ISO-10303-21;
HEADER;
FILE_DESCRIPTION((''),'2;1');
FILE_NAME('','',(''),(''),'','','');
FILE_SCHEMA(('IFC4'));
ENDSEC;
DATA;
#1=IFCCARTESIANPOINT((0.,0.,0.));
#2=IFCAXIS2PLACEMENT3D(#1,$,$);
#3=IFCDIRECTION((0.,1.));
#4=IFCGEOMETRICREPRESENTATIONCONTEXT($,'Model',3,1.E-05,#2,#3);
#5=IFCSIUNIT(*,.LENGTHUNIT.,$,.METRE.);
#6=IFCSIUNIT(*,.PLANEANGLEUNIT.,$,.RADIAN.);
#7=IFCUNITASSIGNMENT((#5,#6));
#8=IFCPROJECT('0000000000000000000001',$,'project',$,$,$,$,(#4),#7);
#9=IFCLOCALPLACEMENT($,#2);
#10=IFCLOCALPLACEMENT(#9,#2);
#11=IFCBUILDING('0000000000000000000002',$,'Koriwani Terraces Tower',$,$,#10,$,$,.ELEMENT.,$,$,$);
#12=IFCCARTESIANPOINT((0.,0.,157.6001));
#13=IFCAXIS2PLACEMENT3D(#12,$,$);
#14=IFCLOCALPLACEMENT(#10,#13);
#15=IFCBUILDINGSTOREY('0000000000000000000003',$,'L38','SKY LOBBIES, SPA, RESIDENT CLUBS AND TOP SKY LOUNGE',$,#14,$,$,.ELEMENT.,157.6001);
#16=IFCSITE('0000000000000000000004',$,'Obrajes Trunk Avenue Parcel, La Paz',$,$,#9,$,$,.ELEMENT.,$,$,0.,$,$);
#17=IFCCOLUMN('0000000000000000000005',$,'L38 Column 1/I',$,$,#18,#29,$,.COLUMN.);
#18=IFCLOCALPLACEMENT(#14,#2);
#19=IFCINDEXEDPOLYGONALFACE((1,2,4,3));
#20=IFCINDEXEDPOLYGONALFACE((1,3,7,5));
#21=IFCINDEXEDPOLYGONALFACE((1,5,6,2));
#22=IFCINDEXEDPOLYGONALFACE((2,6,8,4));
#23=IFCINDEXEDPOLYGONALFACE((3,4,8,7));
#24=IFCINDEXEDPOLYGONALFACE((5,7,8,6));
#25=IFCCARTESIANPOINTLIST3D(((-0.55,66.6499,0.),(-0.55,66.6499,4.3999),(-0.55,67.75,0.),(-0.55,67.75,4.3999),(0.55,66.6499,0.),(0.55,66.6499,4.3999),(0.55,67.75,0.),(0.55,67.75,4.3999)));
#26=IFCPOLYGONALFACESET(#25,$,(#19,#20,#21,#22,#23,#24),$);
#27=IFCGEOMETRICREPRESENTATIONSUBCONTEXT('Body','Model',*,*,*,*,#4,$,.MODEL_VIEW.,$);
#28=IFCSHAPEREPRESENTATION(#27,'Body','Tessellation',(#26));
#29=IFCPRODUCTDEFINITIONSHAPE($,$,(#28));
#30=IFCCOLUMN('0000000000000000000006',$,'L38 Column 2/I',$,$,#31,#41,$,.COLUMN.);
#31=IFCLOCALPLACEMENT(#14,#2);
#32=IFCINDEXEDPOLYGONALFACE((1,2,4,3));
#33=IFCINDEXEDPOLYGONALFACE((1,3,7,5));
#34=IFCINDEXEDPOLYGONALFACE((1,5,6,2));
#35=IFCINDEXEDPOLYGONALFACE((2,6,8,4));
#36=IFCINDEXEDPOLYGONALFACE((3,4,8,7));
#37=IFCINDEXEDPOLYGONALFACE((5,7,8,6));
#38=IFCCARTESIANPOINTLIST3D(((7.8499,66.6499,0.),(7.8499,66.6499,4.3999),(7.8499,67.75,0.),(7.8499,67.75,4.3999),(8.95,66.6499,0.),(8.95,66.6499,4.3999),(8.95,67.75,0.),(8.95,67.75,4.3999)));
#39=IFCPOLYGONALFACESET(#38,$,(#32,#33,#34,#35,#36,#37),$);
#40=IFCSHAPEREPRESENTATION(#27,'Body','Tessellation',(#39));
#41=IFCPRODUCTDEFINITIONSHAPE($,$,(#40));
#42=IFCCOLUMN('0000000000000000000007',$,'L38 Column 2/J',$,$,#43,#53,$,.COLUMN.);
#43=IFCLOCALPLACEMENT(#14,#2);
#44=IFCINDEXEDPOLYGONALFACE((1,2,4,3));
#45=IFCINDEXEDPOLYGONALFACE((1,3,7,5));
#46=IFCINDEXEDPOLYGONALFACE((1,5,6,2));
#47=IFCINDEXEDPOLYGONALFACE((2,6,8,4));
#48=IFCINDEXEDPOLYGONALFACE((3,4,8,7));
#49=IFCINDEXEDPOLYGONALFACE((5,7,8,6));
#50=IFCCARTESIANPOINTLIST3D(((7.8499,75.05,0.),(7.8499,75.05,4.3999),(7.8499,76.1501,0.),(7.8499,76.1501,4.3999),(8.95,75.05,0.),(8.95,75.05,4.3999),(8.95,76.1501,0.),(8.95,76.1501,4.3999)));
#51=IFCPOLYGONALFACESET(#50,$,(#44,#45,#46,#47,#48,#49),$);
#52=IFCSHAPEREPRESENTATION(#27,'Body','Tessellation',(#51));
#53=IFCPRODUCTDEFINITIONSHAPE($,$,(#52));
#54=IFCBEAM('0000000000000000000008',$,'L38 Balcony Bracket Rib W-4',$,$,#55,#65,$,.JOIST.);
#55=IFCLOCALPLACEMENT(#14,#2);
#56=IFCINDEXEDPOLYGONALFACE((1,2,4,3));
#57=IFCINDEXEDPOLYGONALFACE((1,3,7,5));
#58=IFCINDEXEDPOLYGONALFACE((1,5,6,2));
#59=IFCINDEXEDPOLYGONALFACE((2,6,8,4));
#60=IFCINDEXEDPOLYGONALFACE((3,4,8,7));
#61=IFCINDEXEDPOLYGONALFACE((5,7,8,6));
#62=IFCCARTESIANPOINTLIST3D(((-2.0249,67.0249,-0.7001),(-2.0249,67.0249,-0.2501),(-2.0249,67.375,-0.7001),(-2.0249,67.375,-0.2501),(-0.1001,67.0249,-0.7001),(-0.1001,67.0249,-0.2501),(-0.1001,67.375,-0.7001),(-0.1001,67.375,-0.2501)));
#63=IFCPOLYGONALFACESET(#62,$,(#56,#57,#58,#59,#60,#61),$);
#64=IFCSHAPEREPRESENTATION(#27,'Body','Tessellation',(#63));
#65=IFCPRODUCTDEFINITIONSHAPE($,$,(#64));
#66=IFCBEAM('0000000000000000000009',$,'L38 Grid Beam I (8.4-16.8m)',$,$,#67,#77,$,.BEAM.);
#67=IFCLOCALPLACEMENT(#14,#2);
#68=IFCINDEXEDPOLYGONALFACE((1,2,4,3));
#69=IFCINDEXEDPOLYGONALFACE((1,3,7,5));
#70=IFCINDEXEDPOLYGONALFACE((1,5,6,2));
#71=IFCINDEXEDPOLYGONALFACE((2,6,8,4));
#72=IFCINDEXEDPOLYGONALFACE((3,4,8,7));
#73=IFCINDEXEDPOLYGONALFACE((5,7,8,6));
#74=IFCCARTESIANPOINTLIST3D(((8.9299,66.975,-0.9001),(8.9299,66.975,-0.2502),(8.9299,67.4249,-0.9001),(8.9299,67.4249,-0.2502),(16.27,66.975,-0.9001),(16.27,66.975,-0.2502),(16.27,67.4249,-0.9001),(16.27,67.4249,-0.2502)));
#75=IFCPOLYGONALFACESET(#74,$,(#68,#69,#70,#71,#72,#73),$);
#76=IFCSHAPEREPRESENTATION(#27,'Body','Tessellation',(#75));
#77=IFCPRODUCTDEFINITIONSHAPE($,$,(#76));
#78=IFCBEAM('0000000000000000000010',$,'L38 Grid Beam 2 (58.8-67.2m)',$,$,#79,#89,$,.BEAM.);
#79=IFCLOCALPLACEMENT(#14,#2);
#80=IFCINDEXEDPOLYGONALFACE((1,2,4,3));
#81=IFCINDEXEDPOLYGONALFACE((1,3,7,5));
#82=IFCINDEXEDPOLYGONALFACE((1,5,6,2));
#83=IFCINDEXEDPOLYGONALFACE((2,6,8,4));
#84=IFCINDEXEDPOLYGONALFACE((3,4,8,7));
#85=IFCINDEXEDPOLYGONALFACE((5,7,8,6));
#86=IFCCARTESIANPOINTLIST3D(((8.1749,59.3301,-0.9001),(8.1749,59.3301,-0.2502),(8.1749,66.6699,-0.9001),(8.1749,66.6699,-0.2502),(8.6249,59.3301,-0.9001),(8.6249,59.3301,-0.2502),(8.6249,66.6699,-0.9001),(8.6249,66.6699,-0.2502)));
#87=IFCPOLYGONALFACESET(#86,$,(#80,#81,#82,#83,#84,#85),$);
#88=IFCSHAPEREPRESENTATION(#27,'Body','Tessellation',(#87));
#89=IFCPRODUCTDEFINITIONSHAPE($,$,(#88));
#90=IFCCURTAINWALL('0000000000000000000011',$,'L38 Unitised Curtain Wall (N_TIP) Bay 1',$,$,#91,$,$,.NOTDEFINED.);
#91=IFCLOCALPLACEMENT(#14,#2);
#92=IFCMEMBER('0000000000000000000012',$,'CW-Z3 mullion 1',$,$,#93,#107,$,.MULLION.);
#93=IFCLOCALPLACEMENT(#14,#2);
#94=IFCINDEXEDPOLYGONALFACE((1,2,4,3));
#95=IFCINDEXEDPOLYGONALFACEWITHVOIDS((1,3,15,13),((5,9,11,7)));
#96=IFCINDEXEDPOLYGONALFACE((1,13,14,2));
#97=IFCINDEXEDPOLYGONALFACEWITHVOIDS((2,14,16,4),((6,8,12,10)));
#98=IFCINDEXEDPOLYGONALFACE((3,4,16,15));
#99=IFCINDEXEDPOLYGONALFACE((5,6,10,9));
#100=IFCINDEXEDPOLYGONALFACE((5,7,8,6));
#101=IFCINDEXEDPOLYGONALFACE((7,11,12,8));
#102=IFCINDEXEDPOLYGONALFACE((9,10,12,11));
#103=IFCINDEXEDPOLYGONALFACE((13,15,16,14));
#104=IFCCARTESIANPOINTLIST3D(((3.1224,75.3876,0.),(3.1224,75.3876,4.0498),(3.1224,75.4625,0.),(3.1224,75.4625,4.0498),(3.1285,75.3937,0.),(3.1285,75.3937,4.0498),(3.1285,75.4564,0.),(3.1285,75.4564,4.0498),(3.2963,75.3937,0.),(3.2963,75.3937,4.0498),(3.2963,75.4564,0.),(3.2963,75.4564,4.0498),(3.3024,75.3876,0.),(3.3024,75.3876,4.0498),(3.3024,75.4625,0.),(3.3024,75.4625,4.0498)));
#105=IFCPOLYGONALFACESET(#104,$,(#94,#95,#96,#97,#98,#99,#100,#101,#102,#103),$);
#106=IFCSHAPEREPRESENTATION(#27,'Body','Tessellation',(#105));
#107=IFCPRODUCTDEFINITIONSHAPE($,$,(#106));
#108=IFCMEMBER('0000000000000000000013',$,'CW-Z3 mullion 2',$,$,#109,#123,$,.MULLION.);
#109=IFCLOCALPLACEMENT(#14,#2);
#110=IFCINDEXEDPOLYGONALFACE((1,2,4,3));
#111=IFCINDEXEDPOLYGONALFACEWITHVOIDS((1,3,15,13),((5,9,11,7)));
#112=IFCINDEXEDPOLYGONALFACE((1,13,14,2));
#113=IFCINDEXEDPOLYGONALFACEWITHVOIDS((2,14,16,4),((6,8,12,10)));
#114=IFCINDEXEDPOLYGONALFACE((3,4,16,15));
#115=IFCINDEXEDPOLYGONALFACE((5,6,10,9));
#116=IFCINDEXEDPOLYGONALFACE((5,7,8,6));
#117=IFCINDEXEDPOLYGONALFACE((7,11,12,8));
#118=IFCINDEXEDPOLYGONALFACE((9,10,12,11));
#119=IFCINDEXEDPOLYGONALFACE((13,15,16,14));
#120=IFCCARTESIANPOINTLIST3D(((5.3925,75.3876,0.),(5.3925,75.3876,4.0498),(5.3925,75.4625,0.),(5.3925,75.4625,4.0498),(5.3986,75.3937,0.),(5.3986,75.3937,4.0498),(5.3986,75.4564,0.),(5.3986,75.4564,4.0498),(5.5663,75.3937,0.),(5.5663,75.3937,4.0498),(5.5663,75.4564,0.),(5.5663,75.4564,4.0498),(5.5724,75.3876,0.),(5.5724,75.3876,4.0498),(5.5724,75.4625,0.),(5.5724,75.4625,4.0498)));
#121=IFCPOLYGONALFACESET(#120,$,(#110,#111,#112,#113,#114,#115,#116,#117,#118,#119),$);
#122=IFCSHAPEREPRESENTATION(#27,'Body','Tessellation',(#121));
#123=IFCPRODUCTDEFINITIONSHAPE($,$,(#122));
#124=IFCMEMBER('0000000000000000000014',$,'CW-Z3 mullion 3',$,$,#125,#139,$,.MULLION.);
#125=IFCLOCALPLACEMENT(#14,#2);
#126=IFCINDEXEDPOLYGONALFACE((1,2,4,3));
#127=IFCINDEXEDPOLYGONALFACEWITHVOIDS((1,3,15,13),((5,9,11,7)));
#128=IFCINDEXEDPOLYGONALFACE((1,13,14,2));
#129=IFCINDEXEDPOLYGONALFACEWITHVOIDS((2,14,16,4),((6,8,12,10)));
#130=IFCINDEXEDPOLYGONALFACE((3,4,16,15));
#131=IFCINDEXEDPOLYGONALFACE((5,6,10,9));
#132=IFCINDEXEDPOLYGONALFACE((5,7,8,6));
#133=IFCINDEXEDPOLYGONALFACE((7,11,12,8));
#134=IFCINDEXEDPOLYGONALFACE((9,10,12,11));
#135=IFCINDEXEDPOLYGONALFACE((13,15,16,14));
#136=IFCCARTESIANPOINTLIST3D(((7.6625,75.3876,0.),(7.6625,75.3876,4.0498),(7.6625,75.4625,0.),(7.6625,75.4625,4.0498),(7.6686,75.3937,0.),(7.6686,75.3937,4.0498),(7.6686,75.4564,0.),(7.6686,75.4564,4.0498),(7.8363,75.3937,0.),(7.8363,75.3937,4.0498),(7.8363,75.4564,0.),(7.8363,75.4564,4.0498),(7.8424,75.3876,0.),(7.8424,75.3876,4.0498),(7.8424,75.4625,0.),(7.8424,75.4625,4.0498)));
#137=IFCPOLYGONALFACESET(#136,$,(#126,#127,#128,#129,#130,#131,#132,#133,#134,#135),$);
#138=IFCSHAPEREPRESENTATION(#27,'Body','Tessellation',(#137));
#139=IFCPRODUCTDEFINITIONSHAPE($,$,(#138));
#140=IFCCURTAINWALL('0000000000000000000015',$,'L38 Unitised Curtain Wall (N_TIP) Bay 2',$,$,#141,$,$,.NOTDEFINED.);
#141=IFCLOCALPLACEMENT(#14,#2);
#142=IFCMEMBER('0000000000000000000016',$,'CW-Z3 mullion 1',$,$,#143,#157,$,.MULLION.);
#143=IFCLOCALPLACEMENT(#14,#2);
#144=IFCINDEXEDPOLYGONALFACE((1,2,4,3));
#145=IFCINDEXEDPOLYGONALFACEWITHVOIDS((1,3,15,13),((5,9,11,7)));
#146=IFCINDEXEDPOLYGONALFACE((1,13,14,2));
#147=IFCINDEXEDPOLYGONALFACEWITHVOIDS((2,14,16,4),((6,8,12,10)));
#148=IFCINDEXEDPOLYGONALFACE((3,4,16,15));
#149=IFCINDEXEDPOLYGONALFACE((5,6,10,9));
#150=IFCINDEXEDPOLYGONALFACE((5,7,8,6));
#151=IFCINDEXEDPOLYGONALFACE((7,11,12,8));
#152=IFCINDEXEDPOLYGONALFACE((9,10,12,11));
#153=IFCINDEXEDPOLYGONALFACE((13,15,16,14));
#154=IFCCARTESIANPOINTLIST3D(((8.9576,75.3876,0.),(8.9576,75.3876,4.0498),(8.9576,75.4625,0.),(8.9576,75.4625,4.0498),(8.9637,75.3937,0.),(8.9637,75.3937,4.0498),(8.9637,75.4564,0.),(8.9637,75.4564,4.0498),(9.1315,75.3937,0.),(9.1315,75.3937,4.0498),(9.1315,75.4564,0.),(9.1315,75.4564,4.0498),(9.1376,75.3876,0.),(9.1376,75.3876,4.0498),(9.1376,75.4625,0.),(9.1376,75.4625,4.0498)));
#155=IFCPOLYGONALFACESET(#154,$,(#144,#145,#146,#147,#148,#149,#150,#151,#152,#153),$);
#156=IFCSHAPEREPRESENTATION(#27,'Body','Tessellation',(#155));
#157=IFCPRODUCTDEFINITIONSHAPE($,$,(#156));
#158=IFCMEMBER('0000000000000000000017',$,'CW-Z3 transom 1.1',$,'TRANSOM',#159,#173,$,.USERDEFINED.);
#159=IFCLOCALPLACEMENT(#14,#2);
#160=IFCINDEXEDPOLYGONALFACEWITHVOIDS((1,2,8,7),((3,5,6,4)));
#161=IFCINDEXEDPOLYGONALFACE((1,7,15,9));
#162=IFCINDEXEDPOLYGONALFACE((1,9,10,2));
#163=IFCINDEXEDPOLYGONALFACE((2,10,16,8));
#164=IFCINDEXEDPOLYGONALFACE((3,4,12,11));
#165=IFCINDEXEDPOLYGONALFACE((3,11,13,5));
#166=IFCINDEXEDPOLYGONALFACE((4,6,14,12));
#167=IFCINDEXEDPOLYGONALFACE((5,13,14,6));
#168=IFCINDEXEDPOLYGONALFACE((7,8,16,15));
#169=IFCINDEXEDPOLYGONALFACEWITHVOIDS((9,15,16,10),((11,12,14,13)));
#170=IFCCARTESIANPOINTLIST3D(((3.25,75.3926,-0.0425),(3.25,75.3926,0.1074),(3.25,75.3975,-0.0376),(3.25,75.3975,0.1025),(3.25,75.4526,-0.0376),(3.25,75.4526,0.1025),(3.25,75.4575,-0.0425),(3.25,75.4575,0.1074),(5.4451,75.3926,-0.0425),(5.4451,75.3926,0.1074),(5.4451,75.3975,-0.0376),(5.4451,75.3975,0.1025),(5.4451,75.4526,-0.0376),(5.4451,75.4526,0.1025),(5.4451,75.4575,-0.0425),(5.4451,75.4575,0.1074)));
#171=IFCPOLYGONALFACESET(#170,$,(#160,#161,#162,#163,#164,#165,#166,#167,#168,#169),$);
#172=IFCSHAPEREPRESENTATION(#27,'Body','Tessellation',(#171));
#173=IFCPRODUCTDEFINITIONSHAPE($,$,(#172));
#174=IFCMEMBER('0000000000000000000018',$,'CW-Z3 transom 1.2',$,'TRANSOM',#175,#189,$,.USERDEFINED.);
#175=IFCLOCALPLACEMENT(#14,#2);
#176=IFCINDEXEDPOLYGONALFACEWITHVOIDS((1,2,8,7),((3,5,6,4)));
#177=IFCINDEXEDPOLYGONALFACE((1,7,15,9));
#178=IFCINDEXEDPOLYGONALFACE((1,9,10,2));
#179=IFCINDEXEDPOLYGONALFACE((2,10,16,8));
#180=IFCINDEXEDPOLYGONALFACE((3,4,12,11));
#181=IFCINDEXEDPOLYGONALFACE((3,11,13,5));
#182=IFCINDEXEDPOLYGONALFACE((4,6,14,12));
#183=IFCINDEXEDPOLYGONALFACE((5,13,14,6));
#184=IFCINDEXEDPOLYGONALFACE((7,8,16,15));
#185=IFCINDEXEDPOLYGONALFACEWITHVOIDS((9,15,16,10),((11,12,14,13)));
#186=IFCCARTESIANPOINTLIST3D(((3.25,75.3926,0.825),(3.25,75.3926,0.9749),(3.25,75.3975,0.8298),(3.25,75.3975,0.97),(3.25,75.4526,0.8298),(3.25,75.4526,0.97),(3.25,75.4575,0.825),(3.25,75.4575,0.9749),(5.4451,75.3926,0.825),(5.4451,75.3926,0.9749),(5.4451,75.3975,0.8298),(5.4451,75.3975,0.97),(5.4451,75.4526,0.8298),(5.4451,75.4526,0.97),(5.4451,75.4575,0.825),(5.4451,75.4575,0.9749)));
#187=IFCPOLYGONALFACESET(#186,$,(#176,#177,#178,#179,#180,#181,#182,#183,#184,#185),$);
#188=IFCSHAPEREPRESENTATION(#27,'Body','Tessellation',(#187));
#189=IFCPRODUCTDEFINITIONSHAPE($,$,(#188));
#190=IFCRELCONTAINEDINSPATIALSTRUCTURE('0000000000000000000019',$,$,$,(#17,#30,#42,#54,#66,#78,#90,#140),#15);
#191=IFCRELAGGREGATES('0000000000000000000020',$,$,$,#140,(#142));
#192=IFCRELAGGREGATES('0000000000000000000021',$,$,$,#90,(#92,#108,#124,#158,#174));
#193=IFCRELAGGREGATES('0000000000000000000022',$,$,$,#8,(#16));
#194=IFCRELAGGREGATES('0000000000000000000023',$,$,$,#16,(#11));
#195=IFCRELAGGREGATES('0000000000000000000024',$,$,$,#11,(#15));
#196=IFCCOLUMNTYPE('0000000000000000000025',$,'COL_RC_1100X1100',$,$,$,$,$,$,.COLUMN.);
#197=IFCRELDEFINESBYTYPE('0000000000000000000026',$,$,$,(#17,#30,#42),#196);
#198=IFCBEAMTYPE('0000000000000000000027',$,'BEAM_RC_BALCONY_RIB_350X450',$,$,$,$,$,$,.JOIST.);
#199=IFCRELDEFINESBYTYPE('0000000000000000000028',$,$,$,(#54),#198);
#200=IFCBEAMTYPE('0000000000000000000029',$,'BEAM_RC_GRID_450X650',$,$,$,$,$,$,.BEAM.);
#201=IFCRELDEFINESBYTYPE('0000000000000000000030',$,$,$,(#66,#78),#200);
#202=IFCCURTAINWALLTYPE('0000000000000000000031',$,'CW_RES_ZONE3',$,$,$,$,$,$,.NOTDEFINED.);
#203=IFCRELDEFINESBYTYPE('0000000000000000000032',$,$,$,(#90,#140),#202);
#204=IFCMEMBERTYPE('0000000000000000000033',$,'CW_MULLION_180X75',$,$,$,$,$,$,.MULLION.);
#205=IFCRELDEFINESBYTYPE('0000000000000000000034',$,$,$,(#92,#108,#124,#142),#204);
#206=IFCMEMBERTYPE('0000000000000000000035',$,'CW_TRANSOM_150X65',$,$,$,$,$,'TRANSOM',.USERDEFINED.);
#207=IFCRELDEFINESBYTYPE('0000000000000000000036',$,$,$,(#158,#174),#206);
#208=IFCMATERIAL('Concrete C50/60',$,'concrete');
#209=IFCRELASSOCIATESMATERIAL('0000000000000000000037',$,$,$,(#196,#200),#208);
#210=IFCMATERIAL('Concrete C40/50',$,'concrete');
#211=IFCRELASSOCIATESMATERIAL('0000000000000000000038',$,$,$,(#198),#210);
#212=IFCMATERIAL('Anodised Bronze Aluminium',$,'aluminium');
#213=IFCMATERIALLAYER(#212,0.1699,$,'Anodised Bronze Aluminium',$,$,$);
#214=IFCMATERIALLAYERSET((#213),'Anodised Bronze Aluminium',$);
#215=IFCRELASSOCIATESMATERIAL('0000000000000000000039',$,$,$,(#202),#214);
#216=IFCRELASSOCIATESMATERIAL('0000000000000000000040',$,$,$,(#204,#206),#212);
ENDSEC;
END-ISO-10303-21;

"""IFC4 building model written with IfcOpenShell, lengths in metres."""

from ifc_helpers import new_model, si_unit, direction, frame, origin, origin_2d, place, context, subcontext, project, spatial, rectangle, hollow_rectangle, extrude, material, layer, layer_set, material_profile, profile_set, type_object, element, aggregate, save


model = new_model("IFC4")

# Units and contexts
model_context = context("Model", 3, precision=1e-05, world=origin(), true_north=direction((0.0, 1.0)))
body_context = subcontext(model_context, "Body", "Model", "MODEL_VIEW")
ifc_project = project(units=[si_unit("LENGTHUNIT", "METRE"), si_unit("PLANEANGLEUNIT", "RADIAN")], contexts=[model_context])

# Site, building, storey
site_placement = place(None, origin())
site = spatial("IfcSite", under=ifc_project, at=site_placement, Name="Obrajes Trunk Avenue Parcel, La Paz", CompositionType="ELEMENT", RefElevation=0.0)
building_placement = place(site_placement, origin())
building = spatial("IfcBuilding", under=site, at=building_placement, Name="Koriwani Terraces Tower", CompositionType="ELEMENT")
storey_placement = place(building_placement, frame((0.0, 0.0, 157.6001)))
storey = spatial("IfcBuildingStorey", under=building, at=storey_placement, Name="L38", Description="SKY LOBBIES, SPA, RESIDENT CLUBS AND TOP SKY LOUNGE", CompositionType="ELEMENT", Elevation=157.6001)

# Columns
ifc_material_1 = material(Name="Concrete C50/60", Category="concrete")
ifc_material_profile_1 = material_profile(ifc_material_1, rectangle(XDim=1.1001, YDim=1.1001, at=origin_2d()), Name="Concrete C50/60", Category="LoadBearing")
ifc_profile_set_1 = profile_set([ifc_material_profile_1], Name="Concrete C50/60")
column_type = type_object("IfcColumnType", Name="COL_RC_1100X1100", PredefinedType="COLUMN", material=ifc_profile_set_1)
for number, where, z_axis, x_axis, name in (
    (1, (0.0, 67.2, 0.0), (0.0, 0.0, 1.0), (1.0, 0.0, 0.0), "L38 Column 1/I"),
    (2, (8.3999, 67.2, 0.0), (0.0, 0.0, 1.0), (1.0, 0.0, 0.0), "L38 Column 2/I"),
    (3, (8.3999, 75.6001, 0.0), (0.0, 0.0, 1.0), (1.0, 0.0, 0.0), "L38 Column 2/J"),
):
    element("IfcColumn", number, at=place(storey_placement, frame(where, z_axis=z_axis, x_axis=x_axis)), inside=storey, type_object=column_type, Name=name, PredefinedType="COLUMN", context=body_context, shape_type="SweptSolid", body=[
        extrude(rectangle(XDim=1.1001, YDim=1.1001, at=origin_2d()), origin(), (0.0, 0.0, 1.0), 4.3999),
    ])

# Beams
ifc_material_2 = material(Name="Concrete C40/50", Category="concrete")
ifc_material_profile_2 = material_profile(ifc_material_2, rectangle(XDim=0.3501, YDim=0.45, at=origin_2d()), Name="Concrete C40/50", Category="LoadBearing")
ifc_profile_set_2 = profile_set([ifc_material_profile_2], Name="Concrete C40/50")
beam_type_1 = type_object("IfcBeamType", Name="BEAM_RC_BALCONY_RIB_350X450", PredefinedType="JOIST", material=ifc_profile_set_2)
beam_1_placement = place(storey_placement, frame((-2.0249, 67.2, -0.4751), z_axis=(1.0, 0.0, 0.0), x_axis=(0.0, 1.0, 0.0)))
element("IfcBeam", 4, at=beam_1_placement, inside=storey, type_object=beam_type_1, Name="L38 Balcony Bracket Rib W-4", PredefinedType="JOIST", context=body_context, shape_type="SweptSolid", body=[
    extrude(rectangle(XDim=0.3501, YDim=0.45, at=origin_2d()), origin(), (0.0, 0.0, 1.0), 1.9248),
])
ifc_material_profile_3 = material_profile(ifc_material_1, rectangle(XDim=0.45, YDim=0.6499, at=origin_2d()), Name="Concrete C50/60", Category="LoadBearing")
ifc_profile_set_3 = profile_set([ifc_material_profile_3], Name="Concrete C50/60")
beam_type_2 = type_object("IfcBeamType", Name="BEAM_RC_GRID_450X650", PredefinedType="BEAM", material=ifc_profile_set_3)
beam_2_placement = place(storey_placement, frame((8.9299, 67.2, -0.5752), z_axis=(1.0, 0.0, 0.0), x_axis=(0.0, 1.0, 0.0)))
element("IfcBeam", 5, at=beam_2_placement, inside=storey, type_object=beam_type_2, Name="L38 Grid Beam I (8.4-16.8m)", PredefinedType="BEAM", context=body_context, shape_type="SweptSolid", body=[
    extrude(rectangle(XDim=0.45, YDim=0.6499, at=origin_2d()), origin(), (0.0, 0.0, 1.0), 7.3401),
])
beam_3_placement = place(storey_placement, frame((8.3999, 59.3301, -0.5752), z_axis=(0.0, 1.0, 0.0), x_axis=(-1.0, 0.0, 0.0)))
element("IfcBeam", 6, at=beam_3_placement, inside=storey, type_object=beam_type_2, Name="L38 Grid Beam 2 (58.8-67.2m)", PredefinedType="BEAM", context=body_context, shape_type="SweptSolid", body=[
    extrude(rectangle(XDim=0.45, YDim=0.6499, at=origin_2d()), origin(), (0.0, 0.0, 1.0), 7.3398),
])

# Curtain wall, members
ifc_material_3 = material(Name="Anodised Bronze Aluminium", Category="aluminium")
ifc_layer_1 = layer(ifc_material_3, 0.1699, Name="Anodised Bronze Aluminium")
ifc_layer_set_1 = layer_set([ifc_layer_1], Name="Anodised Bronze Aluminium")
curtain_wall_type = type_object("IfcCurtainWallType", Name="CW_RES_ZONE3", PredefinedType="NOTDEFINED", material=ifc_layer_set_1)
curtain_wall_1_placement = place(storey_placement, origin())
curtain_wall_1 = element("IfcCurtainWall", 7, at=curtain_wall_1_placement, inside=storey, type_object=curtain_wall_type, Name="L38 Unitised Curtain Wall (N_TIP) Bay 1", PredefinedType="NOTDEFINED")
ifc_material_profile_4 = material_profile(ifc_material_3, hollow_rectangle(XDim=0.075, YDim=0.1799, WallThickness=0.0061, at=origin_2d()), Name="Anodised Bronze Aluminium", Category="LoadBearing")
ifc_profile_set_4 = profile_set([ifc_material_profile_4], Name="Anodised Bronze Aluminium")
member_type_1 = type_object("IfcMemberType", Name="CW_MULLION_180X75", PredefinedType="MULLION", material=ifc_profile_set_4)
member_1_placement = place(storey_placement, frame((3.2124, 75.425, 0.0), z_axis=(0.0, 0.0, 1.0), x_axis=(0.0, 1.0, 0.0)))
member_1 = element("IfcMember", 8, at=member_1_placement, type_object=member_type_1, Name="CW-Z3 mullion 1", PredefinedType="MULLION", context=body_context, shape_type="SweptSolid", body=[
    extrude(hollow_rectangle(XDim=0.075, YDim=0.1799, WallThickness=0.0061, at=origin_2d()), origin(), (0.0, 0.0, 1.0), 4.0498),
])
member_2_placement = place(storey_placement, frame((5.4824, 75.425, 0.0), z_axis=(0.0, 0.0, 1.0), x_axis=(0.0, 1.0, 0.0)))
member_2 = element("IfcMember", 9, at=member_2_placement, type_object=member_type_1, Name="CW-Z3 mullion 2", PredefinedType="MULLION", context=body_context, shape_type="SweptSolid", body=[
    extrude(hollow_rectangle(XDim=0.075, YDim=0.1799, WallThickness=0.0061, at=origin_2d()), origin(), (0.0, 0.0, 1.0), 4.0498),
])
member_3_placement = place(storey_placement, frame((7.7524, 75.425, 0.0), z_axis=(0.0, 0.0, 1.0), x_axis=(0.0, 1.0, 0.0)))
member_3 = element("IfcMember", 10, at=member_3_placement, type_object=member_type_1, Name="CW-Z3 mullion 3", PredefinedType="MULLION", context=body_context, shape_type="SweptSolid", body=[
    extrude(hollow_rectangle(XDim=0.075, YDim=0.1799, WallThickness=0.0061, at=origin_2d()), origin(), (0.0, 0.0, 1.0), 4.0498),
])

# Curtain wall, member
curtain_wall_2_placement = place(storey_placement, origin())
curtain_wall_2 = element("IfcCurtainWall", 11, at=curtain_wall_2_placement, inside=storey, type_object=curtain_wall_type, Name="L38 Unitised Curtain Wall (N_TIP) Bay 2", PredefinedType="NOTDEFINED")
member_4_placement = place(storey_placement, frame((9.0476, 75.425, 0.0), z_axis=(0.0, 0.0, 1.0), x_axis=(0.0, 1.0, 0.0)))
member_4 = element("IfcMember", 12, at=member_4_placement, type_object=member_type_1, Name="CW-Z3 mullion 1", PredefinedType="MULLION", context=body_context, shape_type="SweptSolid", body=[
    extrude(hollow_rectangle(XDim=0.075, YDim=0.1799, WallThickness=0.0061, at=origin_2d()), origin(), (0.0, 0.0, 1.0), 4.0498),
])

# Members
ifc_material_profile_5 = material_profile(ifc_material_3, hollow_rectangle(XDim=0.0649, YDim=0.1499, WallThickness=0.0049, at=origin_2d()), Name="Anodised Bronze Aluminium", Category="LoadBearing")
ifc_profile_set_5 = profile_set([ifc_material_profile_5], Name="Anodised Bronze Aluminium")
member_type_2 = type_object("IfcMemberType", Name="CW_TRANSOM_150X65", ElementType="TRANSOM", PredefinedType="USERDEFINED", material=ifc_profile_set_5)
member_5_placement = place(storey_placement, frame((3.25, 75.425, 0.0325), z_axis=(1.0, 0.0, 0.0), x_axis=(0.0, 1.0, 0.0)))
member_5 = element("IfcMember", 13, at=member_5_placement, type_object=member_type_2, Name="CW-Z3 transom 1.1", ObjectType="TRANSOM", PredefinedType="USERDEFINED", context=body_context, shape_type="SweptSolid", body=[
    extrude(hollow_rectangle(XDim=0.0649, YDim=0.1499, WallThickness=0.0049, at=origin_2d()), origin(), (0.0, 0.0, 1.0), 2.1951),
])
member_6_placement = place(storey_placement, frame((3.25, 75.425, 0.8999), z_axis=(1.0, 0.0, 0.0), x_axis=(0.0, 1.0, 0.0)))
member_6 = element("IfcMember", 14, at=member_6_placement, type_object=member_type_2, Name="CW-Z3 transom 1.2", ObjectType="TRANSOM", PredefinedType="USERDEFINED", context=body_context, shape_type="SweptSolid", body=[
    extrude(hollow_rectangle(XDim=0.0649, YDim=0.1499, WallThickness=0.0049, at=origin_2d()), origin(), (0.0, 0.0, 1.0), 2.1951),
])
aggregate(curtain_wall_2, [member_4])

aggregate(curtain_wall_1, [member_1, member_2, member_3, member_5, member_6])

save(model, "model.ifc")
